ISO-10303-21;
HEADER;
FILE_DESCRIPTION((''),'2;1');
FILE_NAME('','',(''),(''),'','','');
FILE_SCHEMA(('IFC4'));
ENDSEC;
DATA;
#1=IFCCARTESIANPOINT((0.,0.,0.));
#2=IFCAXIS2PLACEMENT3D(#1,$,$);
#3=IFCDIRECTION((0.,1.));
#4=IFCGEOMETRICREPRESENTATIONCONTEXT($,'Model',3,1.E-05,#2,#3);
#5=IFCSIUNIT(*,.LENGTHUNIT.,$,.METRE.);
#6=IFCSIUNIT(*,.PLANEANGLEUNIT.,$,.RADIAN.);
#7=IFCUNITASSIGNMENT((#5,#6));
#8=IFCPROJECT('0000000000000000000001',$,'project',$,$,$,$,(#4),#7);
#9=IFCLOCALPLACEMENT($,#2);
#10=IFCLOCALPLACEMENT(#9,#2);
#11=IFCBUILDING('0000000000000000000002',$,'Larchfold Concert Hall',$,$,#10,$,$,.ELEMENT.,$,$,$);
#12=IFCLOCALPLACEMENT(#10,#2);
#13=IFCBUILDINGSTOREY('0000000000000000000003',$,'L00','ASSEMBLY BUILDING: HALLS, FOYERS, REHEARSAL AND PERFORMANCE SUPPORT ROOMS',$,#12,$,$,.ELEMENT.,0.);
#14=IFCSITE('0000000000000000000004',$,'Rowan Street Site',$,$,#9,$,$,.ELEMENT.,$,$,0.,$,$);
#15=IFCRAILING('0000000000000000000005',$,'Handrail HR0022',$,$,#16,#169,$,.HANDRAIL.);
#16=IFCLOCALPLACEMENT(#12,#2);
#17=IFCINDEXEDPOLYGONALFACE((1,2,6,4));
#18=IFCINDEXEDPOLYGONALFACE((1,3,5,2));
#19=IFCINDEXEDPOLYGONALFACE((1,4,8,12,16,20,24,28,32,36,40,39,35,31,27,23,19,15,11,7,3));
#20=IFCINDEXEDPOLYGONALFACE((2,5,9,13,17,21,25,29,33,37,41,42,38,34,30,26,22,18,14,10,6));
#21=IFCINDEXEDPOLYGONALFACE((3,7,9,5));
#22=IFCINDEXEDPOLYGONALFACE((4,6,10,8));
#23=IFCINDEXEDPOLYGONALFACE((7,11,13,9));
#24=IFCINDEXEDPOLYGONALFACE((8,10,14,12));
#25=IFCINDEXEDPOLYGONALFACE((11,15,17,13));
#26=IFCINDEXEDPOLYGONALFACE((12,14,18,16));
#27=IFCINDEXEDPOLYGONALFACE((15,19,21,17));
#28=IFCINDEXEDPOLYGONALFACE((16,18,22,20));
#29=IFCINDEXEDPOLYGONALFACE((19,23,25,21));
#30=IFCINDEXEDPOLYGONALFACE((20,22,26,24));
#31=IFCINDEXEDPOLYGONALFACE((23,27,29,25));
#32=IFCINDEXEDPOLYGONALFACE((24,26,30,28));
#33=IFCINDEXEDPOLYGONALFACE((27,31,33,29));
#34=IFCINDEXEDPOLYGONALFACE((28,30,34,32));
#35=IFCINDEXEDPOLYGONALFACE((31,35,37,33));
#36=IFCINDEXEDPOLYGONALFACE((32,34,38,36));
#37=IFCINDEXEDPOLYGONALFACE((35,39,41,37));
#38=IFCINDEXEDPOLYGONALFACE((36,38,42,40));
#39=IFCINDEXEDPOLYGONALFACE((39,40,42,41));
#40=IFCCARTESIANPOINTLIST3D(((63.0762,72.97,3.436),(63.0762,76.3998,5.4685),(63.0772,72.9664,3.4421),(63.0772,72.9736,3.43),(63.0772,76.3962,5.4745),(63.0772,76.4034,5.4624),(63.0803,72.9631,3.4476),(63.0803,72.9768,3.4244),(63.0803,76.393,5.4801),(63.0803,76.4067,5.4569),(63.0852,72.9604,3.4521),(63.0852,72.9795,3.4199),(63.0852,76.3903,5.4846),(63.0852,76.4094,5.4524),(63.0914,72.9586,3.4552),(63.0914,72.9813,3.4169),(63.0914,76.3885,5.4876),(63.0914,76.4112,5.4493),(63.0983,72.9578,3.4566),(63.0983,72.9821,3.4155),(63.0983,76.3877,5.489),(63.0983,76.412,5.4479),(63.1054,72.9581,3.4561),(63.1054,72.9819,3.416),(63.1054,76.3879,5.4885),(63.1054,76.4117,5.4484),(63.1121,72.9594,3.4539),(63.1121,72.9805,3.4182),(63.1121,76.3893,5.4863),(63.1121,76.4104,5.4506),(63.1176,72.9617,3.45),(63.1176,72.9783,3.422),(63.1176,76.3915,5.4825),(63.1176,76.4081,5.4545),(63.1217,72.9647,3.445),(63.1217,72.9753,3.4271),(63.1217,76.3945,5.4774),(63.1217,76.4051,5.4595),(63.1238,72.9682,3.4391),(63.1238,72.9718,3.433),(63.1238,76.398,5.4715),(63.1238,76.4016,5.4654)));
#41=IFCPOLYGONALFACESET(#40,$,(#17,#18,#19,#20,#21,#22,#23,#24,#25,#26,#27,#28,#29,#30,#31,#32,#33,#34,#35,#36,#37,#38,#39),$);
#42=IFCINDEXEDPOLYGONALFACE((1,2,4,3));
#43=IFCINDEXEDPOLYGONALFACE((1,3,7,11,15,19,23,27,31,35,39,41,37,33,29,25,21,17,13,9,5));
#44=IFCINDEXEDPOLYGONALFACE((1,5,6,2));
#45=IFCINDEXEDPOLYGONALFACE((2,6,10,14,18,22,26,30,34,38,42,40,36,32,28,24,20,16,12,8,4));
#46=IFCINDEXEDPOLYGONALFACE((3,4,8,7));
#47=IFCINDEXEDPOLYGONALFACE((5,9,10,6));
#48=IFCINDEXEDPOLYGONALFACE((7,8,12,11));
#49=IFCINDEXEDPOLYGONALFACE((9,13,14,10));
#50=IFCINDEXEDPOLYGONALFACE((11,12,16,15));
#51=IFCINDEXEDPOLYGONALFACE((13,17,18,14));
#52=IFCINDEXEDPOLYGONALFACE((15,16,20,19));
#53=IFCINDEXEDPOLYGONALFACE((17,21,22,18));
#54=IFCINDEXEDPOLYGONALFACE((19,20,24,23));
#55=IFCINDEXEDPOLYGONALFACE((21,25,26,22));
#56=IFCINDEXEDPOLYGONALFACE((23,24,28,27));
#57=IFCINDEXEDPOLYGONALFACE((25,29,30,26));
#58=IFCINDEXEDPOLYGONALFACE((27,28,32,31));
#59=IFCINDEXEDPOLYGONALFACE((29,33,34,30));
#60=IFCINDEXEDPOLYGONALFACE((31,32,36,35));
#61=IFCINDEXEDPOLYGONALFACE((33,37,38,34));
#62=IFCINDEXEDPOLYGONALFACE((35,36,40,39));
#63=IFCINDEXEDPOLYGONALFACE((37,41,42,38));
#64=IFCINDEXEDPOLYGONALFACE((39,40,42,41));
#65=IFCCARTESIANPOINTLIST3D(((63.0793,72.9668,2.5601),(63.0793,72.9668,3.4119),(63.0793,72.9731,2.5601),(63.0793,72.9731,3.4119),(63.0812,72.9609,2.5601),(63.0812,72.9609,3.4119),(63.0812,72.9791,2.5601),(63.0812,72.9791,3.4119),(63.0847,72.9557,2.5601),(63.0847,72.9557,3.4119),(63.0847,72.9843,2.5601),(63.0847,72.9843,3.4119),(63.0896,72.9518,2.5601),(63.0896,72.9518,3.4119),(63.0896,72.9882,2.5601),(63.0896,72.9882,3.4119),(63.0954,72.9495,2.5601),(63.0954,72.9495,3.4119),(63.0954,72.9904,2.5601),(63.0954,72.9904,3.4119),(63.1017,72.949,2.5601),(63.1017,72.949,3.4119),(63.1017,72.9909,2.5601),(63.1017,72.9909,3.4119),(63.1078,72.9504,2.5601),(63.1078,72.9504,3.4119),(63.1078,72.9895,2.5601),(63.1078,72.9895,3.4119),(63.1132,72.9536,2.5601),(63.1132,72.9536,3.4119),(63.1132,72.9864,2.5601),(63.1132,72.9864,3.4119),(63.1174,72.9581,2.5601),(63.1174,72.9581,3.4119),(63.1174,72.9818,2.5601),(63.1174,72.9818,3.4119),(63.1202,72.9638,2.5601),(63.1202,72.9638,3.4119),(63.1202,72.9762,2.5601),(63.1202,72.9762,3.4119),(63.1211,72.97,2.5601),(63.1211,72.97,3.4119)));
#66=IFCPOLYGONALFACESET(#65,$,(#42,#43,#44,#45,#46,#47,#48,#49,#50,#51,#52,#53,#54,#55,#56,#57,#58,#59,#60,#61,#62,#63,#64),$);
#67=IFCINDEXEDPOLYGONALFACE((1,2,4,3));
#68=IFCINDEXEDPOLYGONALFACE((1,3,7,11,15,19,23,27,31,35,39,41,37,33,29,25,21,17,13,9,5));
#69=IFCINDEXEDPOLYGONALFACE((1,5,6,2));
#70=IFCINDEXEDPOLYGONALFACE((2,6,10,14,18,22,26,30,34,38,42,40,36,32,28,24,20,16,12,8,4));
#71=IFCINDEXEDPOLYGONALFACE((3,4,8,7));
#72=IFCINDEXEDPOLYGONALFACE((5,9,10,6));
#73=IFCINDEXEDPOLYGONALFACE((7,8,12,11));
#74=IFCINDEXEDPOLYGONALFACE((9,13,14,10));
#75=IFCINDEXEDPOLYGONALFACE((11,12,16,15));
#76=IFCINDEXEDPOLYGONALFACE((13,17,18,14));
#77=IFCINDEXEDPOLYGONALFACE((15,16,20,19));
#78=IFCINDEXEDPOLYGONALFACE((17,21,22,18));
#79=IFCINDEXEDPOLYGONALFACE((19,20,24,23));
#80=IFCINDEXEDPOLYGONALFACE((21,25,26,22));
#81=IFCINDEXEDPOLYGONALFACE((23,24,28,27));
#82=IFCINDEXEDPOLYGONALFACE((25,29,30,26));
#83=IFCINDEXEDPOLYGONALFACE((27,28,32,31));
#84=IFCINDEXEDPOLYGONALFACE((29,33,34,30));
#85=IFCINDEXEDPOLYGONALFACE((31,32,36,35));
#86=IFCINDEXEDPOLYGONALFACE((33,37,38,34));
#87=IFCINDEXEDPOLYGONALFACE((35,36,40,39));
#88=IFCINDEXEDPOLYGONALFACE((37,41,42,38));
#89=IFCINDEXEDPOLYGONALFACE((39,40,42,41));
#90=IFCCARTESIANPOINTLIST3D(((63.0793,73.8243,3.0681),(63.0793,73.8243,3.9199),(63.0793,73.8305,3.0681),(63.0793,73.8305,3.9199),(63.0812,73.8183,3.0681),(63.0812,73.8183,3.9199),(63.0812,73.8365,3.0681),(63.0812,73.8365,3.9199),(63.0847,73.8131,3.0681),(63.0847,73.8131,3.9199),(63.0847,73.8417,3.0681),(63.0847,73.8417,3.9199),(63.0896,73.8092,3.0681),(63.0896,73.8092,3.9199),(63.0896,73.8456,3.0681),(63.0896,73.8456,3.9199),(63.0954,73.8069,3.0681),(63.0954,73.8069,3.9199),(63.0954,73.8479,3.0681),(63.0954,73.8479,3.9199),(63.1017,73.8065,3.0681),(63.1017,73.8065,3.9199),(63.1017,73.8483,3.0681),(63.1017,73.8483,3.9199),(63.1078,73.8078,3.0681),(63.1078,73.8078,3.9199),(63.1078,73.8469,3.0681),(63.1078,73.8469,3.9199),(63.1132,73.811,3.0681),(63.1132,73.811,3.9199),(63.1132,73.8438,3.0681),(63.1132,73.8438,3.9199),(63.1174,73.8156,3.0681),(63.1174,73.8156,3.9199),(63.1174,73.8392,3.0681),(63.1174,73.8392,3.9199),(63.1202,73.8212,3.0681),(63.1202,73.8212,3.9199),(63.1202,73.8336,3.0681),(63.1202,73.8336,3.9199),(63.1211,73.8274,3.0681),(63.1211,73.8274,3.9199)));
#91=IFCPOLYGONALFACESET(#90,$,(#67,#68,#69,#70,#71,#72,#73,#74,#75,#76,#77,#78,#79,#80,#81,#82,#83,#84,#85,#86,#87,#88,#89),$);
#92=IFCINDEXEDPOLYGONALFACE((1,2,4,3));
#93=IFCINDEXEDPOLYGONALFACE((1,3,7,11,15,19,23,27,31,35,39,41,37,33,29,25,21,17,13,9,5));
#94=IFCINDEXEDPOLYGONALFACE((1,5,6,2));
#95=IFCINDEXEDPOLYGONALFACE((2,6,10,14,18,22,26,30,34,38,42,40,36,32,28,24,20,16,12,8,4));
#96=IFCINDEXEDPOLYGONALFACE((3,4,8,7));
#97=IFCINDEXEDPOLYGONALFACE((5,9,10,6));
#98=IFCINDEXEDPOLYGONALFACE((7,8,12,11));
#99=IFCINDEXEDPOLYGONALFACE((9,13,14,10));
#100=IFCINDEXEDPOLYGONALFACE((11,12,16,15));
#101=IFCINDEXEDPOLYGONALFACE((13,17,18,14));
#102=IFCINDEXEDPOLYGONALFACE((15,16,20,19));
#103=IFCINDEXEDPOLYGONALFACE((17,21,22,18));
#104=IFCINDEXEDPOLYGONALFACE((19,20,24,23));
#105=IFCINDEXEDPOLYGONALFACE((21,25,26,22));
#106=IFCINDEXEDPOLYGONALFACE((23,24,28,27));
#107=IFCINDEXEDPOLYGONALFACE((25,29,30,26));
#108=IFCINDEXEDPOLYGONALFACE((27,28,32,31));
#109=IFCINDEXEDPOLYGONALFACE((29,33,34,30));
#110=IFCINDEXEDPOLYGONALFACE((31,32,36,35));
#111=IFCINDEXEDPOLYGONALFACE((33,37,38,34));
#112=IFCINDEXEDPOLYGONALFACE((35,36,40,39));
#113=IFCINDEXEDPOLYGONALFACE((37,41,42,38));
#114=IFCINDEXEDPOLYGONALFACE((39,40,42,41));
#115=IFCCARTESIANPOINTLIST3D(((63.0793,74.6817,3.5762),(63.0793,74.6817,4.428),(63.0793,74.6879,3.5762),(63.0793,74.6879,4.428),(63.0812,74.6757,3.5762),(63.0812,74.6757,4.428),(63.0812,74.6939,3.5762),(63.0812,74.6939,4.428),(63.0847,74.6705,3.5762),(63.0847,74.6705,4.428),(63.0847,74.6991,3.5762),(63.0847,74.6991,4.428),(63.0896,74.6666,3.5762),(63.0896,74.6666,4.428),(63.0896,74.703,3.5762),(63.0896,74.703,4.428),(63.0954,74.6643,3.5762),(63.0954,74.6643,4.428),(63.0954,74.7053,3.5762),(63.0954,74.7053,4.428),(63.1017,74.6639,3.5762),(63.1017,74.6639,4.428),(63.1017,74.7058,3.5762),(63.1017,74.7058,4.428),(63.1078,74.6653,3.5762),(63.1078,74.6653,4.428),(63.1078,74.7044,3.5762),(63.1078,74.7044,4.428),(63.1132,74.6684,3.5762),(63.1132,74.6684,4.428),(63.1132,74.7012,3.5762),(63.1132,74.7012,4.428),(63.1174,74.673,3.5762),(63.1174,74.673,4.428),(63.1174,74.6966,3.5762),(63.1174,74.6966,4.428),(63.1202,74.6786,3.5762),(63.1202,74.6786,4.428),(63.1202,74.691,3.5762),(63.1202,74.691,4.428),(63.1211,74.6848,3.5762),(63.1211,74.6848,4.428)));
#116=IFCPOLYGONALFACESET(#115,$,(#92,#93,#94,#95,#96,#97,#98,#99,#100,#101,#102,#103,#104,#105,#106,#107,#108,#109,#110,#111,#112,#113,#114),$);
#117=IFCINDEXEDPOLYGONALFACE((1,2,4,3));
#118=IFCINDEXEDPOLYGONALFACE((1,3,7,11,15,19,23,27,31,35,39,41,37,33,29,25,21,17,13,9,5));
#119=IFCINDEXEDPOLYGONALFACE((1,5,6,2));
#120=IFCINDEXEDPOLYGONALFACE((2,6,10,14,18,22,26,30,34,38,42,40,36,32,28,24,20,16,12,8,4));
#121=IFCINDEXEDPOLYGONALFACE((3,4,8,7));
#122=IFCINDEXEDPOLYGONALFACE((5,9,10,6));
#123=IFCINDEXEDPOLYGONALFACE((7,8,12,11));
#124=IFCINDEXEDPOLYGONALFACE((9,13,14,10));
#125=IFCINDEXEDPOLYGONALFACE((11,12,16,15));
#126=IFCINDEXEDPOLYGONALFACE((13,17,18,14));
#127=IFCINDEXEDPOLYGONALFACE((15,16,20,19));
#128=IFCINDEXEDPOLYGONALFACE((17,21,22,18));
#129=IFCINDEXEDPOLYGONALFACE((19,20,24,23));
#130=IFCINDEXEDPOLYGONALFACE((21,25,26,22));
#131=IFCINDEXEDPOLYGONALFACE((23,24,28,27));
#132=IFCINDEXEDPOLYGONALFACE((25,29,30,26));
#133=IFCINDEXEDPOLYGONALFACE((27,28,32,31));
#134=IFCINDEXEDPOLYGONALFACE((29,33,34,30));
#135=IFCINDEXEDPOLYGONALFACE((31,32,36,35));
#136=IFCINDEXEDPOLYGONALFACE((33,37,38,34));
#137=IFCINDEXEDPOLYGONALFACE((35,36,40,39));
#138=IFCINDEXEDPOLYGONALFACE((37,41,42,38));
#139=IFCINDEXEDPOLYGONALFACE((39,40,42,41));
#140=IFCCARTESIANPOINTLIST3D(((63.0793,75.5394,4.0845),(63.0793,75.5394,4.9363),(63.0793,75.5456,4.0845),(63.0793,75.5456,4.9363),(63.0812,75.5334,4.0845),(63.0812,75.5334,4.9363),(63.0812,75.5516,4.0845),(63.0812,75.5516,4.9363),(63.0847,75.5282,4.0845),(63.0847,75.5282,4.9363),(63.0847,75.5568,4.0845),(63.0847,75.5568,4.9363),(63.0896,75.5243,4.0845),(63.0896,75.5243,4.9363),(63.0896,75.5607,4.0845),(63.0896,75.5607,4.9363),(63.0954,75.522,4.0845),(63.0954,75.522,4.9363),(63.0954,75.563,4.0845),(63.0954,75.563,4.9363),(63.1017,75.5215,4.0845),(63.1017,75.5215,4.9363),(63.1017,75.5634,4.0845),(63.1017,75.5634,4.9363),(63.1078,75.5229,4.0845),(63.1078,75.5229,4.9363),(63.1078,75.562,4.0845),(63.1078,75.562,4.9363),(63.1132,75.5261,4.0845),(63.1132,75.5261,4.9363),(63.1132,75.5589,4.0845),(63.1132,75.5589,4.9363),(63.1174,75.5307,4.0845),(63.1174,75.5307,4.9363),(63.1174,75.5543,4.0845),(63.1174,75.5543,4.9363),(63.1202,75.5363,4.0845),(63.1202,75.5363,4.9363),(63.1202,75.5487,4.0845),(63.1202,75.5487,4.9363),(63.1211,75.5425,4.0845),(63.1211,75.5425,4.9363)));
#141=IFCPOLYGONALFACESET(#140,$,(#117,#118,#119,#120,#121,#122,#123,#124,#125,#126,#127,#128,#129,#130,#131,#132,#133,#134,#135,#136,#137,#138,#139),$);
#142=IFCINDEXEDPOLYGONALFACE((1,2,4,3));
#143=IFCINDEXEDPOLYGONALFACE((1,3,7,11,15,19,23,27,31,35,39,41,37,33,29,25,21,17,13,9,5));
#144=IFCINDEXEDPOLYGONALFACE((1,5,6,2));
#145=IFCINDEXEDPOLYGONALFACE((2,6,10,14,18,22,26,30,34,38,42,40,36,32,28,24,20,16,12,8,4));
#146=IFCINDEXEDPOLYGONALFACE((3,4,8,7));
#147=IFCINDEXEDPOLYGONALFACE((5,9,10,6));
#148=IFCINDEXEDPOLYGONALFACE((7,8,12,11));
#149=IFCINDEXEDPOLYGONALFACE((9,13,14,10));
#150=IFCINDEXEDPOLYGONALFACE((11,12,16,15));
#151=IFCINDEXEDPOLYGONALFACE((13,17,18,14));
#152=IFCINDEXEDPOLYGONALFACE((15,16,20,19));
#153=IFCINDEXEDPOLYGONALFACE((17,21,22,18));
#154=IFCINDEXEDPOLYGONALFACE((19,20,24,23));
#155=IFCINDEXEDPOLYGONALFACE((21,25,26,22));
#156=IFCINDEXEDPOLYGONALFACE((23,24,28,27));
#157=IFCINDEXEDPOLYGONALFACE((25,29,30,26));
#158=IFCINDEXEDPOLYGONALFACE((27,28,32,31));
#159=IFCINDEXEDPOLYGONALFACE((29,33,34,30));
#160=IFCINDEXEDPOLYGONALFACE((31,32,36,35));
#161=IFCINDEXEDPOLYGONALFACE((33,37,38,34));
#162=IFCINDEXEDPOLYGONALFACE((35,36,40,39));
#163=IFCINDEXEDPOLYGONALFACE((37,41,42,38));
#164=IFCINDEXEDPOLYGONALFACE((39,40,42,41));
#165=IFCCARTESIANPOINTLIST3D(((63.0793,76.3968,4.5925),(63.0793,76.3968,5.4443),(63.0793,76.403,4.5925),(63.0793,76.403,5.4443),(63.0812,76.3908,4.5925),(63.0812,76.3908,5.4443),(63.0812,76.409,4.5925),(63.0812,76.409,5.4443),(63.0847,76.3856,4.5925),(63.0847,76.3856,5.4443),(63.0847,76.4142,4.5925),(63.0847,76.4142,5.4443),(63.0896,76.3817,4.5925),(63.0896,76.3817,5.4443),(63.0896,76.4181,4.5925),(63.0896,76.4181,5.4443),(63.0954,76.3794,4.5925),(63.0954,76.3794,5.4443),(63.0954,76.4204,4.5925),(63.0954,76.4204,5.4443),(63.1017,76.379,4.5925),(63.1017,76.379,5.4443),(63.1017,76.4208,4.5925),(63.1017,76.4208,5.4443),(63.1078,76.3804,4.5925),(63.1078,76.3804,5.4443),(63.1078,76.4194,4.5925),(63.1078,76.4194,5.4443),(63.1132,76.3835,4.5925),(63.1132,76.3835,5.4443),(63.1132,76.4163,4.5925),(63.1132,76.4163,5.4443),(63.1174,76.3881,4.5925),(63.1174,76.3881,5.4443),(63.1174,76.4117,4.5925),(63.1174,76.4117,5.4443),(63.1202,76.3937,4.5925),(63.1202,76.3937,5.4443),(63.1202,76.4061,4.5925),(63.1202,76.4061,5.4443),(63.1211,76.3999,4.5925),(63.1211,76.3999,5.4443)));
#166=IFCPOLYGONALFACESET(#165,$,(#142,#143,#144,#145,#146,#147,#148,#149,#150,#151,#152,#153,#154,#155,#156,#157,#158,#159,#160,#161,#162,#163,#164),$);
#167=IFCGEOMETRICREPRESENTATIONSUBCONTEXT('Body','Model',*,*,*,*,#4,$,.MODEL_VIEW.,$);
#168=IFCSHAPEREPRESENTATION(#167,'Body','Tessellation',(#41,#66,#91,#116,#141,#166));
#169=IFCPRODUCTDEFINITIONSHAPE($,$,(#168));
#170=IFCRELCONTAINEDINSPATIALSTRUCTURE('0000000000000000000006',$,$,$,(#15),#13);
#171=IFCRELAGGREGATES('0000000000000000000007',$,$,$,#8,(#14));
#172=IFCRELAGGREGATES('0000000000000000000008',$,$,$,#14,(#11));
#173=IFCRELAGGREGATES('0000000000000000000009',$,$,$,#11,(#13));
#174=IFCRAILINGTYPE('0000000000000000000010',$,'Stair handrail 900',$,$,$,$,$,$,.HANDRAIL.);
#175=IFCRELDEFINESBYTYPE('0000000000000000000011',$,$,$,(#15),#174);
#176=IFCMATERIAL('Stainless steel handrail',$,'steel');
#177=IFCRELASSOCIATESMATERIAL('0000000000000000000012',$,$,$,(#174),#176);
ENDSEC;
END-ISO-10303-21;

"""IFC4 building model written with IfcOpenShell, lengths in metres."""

from ifc_helpers import new_model, si_unit, direction, frame, origin, origin_2d, place, context, subcontext, project, spatial, circle, extrude, material, type_object, element, save


model = new_model("IFC4")

# Units and contexts
model_context = context("Model", 3, precision=1e-05, world=origin(), true_north=direction((0.0, 1.0)))
body_context = subcontext(model_context, "Body", "Model", "MODEL_VIEW")
ifc_project = project(units=[si_unit("LENGTHUNIT", "METRE"), si_unit("PLANEANGLEUNIT", "RADIAN")], contexts=[model_context])

# Site, building, storey
site_placement = place(None, origin())
site = spatial("IfcSite", under=ifc_project, at=site_placement, Name="Rowan Street Site", CompositionType="ELEMENT", RefElevation=0.0)
building_placement = place(site_placement, origin())
building = spatial("IfcBuilding", under=site, at=building_placement, Name="Larchfold Concert Hall", CompositionType="ELEMENT")
storey_placement = place(building_placement, origin())
storey = spatial("IfcBuildingStorey", under=building, at=storey_placement, Name="L00", Description="ASSEMBLY BUILDING: HALLS, FOYERS, REHEARSAL AND PERFORMANCE SUPPORT ROOMS", CompositionType="ELEMENT", Elevation=0.0)

# Railing
ifc_material_1 = material(Name="Stainless steel handrail", Category="steel")
railing_type_1 = type_object("IfcRailingType", Name="Stair handrail 900", PredefinedType="HANDRAIL", material=ifc_material_1)
railing_1_placement = place(storey_placement, frame((63.1001, 72.97, 2.5601)))
element("IfcRailing", 1, at=railing_1_placement, inside=storey, type_object=railing_type_1, Name="Handrail HR0022", PredefinedType="HANDRAIL", context=body_context, shape_type="SweptSolid", body=[
    extrude(circle(Radius=0.0239, at=origin_2d()), frame((0.0, 0.0, 0.876), z_axis=(0.0, 0.8603, 0.509787), x_axis=(-1.0, 0.0, 0.0)), (0.0, 0.0, 1.0), 3.9868),
    extrude(circle(Radius=0.021, at=origin_2d()), origin(), (0.0, 0.0, 1.0), 0.8518),
    extrude(circle(Radius=0.021, at=origin_2d()), frame((0.0, 0.8574, 0.5081)), (0.0, 0.0, 1.0), 0.8518),
    extrude(circle(Radius=0.021, at=origin_2d()), frame((0.0, 1.7148, 1.0161)), (0.0, 0.0, 1.0), 0.8518),
    extrude(circle(Radius=0.021, at=origin_2d()), frame((0.0, 2.5725, 1.5244)), (0.0, 0.0, 1.0), 0.8518),
    extrude(circle(Radius=0.021, at=origin_2d()), frame((0.0, 3.4299, 2.0325)), (0.0, 0.0, 1.0), 0.8518),
])

save(model, "model.ifc")
